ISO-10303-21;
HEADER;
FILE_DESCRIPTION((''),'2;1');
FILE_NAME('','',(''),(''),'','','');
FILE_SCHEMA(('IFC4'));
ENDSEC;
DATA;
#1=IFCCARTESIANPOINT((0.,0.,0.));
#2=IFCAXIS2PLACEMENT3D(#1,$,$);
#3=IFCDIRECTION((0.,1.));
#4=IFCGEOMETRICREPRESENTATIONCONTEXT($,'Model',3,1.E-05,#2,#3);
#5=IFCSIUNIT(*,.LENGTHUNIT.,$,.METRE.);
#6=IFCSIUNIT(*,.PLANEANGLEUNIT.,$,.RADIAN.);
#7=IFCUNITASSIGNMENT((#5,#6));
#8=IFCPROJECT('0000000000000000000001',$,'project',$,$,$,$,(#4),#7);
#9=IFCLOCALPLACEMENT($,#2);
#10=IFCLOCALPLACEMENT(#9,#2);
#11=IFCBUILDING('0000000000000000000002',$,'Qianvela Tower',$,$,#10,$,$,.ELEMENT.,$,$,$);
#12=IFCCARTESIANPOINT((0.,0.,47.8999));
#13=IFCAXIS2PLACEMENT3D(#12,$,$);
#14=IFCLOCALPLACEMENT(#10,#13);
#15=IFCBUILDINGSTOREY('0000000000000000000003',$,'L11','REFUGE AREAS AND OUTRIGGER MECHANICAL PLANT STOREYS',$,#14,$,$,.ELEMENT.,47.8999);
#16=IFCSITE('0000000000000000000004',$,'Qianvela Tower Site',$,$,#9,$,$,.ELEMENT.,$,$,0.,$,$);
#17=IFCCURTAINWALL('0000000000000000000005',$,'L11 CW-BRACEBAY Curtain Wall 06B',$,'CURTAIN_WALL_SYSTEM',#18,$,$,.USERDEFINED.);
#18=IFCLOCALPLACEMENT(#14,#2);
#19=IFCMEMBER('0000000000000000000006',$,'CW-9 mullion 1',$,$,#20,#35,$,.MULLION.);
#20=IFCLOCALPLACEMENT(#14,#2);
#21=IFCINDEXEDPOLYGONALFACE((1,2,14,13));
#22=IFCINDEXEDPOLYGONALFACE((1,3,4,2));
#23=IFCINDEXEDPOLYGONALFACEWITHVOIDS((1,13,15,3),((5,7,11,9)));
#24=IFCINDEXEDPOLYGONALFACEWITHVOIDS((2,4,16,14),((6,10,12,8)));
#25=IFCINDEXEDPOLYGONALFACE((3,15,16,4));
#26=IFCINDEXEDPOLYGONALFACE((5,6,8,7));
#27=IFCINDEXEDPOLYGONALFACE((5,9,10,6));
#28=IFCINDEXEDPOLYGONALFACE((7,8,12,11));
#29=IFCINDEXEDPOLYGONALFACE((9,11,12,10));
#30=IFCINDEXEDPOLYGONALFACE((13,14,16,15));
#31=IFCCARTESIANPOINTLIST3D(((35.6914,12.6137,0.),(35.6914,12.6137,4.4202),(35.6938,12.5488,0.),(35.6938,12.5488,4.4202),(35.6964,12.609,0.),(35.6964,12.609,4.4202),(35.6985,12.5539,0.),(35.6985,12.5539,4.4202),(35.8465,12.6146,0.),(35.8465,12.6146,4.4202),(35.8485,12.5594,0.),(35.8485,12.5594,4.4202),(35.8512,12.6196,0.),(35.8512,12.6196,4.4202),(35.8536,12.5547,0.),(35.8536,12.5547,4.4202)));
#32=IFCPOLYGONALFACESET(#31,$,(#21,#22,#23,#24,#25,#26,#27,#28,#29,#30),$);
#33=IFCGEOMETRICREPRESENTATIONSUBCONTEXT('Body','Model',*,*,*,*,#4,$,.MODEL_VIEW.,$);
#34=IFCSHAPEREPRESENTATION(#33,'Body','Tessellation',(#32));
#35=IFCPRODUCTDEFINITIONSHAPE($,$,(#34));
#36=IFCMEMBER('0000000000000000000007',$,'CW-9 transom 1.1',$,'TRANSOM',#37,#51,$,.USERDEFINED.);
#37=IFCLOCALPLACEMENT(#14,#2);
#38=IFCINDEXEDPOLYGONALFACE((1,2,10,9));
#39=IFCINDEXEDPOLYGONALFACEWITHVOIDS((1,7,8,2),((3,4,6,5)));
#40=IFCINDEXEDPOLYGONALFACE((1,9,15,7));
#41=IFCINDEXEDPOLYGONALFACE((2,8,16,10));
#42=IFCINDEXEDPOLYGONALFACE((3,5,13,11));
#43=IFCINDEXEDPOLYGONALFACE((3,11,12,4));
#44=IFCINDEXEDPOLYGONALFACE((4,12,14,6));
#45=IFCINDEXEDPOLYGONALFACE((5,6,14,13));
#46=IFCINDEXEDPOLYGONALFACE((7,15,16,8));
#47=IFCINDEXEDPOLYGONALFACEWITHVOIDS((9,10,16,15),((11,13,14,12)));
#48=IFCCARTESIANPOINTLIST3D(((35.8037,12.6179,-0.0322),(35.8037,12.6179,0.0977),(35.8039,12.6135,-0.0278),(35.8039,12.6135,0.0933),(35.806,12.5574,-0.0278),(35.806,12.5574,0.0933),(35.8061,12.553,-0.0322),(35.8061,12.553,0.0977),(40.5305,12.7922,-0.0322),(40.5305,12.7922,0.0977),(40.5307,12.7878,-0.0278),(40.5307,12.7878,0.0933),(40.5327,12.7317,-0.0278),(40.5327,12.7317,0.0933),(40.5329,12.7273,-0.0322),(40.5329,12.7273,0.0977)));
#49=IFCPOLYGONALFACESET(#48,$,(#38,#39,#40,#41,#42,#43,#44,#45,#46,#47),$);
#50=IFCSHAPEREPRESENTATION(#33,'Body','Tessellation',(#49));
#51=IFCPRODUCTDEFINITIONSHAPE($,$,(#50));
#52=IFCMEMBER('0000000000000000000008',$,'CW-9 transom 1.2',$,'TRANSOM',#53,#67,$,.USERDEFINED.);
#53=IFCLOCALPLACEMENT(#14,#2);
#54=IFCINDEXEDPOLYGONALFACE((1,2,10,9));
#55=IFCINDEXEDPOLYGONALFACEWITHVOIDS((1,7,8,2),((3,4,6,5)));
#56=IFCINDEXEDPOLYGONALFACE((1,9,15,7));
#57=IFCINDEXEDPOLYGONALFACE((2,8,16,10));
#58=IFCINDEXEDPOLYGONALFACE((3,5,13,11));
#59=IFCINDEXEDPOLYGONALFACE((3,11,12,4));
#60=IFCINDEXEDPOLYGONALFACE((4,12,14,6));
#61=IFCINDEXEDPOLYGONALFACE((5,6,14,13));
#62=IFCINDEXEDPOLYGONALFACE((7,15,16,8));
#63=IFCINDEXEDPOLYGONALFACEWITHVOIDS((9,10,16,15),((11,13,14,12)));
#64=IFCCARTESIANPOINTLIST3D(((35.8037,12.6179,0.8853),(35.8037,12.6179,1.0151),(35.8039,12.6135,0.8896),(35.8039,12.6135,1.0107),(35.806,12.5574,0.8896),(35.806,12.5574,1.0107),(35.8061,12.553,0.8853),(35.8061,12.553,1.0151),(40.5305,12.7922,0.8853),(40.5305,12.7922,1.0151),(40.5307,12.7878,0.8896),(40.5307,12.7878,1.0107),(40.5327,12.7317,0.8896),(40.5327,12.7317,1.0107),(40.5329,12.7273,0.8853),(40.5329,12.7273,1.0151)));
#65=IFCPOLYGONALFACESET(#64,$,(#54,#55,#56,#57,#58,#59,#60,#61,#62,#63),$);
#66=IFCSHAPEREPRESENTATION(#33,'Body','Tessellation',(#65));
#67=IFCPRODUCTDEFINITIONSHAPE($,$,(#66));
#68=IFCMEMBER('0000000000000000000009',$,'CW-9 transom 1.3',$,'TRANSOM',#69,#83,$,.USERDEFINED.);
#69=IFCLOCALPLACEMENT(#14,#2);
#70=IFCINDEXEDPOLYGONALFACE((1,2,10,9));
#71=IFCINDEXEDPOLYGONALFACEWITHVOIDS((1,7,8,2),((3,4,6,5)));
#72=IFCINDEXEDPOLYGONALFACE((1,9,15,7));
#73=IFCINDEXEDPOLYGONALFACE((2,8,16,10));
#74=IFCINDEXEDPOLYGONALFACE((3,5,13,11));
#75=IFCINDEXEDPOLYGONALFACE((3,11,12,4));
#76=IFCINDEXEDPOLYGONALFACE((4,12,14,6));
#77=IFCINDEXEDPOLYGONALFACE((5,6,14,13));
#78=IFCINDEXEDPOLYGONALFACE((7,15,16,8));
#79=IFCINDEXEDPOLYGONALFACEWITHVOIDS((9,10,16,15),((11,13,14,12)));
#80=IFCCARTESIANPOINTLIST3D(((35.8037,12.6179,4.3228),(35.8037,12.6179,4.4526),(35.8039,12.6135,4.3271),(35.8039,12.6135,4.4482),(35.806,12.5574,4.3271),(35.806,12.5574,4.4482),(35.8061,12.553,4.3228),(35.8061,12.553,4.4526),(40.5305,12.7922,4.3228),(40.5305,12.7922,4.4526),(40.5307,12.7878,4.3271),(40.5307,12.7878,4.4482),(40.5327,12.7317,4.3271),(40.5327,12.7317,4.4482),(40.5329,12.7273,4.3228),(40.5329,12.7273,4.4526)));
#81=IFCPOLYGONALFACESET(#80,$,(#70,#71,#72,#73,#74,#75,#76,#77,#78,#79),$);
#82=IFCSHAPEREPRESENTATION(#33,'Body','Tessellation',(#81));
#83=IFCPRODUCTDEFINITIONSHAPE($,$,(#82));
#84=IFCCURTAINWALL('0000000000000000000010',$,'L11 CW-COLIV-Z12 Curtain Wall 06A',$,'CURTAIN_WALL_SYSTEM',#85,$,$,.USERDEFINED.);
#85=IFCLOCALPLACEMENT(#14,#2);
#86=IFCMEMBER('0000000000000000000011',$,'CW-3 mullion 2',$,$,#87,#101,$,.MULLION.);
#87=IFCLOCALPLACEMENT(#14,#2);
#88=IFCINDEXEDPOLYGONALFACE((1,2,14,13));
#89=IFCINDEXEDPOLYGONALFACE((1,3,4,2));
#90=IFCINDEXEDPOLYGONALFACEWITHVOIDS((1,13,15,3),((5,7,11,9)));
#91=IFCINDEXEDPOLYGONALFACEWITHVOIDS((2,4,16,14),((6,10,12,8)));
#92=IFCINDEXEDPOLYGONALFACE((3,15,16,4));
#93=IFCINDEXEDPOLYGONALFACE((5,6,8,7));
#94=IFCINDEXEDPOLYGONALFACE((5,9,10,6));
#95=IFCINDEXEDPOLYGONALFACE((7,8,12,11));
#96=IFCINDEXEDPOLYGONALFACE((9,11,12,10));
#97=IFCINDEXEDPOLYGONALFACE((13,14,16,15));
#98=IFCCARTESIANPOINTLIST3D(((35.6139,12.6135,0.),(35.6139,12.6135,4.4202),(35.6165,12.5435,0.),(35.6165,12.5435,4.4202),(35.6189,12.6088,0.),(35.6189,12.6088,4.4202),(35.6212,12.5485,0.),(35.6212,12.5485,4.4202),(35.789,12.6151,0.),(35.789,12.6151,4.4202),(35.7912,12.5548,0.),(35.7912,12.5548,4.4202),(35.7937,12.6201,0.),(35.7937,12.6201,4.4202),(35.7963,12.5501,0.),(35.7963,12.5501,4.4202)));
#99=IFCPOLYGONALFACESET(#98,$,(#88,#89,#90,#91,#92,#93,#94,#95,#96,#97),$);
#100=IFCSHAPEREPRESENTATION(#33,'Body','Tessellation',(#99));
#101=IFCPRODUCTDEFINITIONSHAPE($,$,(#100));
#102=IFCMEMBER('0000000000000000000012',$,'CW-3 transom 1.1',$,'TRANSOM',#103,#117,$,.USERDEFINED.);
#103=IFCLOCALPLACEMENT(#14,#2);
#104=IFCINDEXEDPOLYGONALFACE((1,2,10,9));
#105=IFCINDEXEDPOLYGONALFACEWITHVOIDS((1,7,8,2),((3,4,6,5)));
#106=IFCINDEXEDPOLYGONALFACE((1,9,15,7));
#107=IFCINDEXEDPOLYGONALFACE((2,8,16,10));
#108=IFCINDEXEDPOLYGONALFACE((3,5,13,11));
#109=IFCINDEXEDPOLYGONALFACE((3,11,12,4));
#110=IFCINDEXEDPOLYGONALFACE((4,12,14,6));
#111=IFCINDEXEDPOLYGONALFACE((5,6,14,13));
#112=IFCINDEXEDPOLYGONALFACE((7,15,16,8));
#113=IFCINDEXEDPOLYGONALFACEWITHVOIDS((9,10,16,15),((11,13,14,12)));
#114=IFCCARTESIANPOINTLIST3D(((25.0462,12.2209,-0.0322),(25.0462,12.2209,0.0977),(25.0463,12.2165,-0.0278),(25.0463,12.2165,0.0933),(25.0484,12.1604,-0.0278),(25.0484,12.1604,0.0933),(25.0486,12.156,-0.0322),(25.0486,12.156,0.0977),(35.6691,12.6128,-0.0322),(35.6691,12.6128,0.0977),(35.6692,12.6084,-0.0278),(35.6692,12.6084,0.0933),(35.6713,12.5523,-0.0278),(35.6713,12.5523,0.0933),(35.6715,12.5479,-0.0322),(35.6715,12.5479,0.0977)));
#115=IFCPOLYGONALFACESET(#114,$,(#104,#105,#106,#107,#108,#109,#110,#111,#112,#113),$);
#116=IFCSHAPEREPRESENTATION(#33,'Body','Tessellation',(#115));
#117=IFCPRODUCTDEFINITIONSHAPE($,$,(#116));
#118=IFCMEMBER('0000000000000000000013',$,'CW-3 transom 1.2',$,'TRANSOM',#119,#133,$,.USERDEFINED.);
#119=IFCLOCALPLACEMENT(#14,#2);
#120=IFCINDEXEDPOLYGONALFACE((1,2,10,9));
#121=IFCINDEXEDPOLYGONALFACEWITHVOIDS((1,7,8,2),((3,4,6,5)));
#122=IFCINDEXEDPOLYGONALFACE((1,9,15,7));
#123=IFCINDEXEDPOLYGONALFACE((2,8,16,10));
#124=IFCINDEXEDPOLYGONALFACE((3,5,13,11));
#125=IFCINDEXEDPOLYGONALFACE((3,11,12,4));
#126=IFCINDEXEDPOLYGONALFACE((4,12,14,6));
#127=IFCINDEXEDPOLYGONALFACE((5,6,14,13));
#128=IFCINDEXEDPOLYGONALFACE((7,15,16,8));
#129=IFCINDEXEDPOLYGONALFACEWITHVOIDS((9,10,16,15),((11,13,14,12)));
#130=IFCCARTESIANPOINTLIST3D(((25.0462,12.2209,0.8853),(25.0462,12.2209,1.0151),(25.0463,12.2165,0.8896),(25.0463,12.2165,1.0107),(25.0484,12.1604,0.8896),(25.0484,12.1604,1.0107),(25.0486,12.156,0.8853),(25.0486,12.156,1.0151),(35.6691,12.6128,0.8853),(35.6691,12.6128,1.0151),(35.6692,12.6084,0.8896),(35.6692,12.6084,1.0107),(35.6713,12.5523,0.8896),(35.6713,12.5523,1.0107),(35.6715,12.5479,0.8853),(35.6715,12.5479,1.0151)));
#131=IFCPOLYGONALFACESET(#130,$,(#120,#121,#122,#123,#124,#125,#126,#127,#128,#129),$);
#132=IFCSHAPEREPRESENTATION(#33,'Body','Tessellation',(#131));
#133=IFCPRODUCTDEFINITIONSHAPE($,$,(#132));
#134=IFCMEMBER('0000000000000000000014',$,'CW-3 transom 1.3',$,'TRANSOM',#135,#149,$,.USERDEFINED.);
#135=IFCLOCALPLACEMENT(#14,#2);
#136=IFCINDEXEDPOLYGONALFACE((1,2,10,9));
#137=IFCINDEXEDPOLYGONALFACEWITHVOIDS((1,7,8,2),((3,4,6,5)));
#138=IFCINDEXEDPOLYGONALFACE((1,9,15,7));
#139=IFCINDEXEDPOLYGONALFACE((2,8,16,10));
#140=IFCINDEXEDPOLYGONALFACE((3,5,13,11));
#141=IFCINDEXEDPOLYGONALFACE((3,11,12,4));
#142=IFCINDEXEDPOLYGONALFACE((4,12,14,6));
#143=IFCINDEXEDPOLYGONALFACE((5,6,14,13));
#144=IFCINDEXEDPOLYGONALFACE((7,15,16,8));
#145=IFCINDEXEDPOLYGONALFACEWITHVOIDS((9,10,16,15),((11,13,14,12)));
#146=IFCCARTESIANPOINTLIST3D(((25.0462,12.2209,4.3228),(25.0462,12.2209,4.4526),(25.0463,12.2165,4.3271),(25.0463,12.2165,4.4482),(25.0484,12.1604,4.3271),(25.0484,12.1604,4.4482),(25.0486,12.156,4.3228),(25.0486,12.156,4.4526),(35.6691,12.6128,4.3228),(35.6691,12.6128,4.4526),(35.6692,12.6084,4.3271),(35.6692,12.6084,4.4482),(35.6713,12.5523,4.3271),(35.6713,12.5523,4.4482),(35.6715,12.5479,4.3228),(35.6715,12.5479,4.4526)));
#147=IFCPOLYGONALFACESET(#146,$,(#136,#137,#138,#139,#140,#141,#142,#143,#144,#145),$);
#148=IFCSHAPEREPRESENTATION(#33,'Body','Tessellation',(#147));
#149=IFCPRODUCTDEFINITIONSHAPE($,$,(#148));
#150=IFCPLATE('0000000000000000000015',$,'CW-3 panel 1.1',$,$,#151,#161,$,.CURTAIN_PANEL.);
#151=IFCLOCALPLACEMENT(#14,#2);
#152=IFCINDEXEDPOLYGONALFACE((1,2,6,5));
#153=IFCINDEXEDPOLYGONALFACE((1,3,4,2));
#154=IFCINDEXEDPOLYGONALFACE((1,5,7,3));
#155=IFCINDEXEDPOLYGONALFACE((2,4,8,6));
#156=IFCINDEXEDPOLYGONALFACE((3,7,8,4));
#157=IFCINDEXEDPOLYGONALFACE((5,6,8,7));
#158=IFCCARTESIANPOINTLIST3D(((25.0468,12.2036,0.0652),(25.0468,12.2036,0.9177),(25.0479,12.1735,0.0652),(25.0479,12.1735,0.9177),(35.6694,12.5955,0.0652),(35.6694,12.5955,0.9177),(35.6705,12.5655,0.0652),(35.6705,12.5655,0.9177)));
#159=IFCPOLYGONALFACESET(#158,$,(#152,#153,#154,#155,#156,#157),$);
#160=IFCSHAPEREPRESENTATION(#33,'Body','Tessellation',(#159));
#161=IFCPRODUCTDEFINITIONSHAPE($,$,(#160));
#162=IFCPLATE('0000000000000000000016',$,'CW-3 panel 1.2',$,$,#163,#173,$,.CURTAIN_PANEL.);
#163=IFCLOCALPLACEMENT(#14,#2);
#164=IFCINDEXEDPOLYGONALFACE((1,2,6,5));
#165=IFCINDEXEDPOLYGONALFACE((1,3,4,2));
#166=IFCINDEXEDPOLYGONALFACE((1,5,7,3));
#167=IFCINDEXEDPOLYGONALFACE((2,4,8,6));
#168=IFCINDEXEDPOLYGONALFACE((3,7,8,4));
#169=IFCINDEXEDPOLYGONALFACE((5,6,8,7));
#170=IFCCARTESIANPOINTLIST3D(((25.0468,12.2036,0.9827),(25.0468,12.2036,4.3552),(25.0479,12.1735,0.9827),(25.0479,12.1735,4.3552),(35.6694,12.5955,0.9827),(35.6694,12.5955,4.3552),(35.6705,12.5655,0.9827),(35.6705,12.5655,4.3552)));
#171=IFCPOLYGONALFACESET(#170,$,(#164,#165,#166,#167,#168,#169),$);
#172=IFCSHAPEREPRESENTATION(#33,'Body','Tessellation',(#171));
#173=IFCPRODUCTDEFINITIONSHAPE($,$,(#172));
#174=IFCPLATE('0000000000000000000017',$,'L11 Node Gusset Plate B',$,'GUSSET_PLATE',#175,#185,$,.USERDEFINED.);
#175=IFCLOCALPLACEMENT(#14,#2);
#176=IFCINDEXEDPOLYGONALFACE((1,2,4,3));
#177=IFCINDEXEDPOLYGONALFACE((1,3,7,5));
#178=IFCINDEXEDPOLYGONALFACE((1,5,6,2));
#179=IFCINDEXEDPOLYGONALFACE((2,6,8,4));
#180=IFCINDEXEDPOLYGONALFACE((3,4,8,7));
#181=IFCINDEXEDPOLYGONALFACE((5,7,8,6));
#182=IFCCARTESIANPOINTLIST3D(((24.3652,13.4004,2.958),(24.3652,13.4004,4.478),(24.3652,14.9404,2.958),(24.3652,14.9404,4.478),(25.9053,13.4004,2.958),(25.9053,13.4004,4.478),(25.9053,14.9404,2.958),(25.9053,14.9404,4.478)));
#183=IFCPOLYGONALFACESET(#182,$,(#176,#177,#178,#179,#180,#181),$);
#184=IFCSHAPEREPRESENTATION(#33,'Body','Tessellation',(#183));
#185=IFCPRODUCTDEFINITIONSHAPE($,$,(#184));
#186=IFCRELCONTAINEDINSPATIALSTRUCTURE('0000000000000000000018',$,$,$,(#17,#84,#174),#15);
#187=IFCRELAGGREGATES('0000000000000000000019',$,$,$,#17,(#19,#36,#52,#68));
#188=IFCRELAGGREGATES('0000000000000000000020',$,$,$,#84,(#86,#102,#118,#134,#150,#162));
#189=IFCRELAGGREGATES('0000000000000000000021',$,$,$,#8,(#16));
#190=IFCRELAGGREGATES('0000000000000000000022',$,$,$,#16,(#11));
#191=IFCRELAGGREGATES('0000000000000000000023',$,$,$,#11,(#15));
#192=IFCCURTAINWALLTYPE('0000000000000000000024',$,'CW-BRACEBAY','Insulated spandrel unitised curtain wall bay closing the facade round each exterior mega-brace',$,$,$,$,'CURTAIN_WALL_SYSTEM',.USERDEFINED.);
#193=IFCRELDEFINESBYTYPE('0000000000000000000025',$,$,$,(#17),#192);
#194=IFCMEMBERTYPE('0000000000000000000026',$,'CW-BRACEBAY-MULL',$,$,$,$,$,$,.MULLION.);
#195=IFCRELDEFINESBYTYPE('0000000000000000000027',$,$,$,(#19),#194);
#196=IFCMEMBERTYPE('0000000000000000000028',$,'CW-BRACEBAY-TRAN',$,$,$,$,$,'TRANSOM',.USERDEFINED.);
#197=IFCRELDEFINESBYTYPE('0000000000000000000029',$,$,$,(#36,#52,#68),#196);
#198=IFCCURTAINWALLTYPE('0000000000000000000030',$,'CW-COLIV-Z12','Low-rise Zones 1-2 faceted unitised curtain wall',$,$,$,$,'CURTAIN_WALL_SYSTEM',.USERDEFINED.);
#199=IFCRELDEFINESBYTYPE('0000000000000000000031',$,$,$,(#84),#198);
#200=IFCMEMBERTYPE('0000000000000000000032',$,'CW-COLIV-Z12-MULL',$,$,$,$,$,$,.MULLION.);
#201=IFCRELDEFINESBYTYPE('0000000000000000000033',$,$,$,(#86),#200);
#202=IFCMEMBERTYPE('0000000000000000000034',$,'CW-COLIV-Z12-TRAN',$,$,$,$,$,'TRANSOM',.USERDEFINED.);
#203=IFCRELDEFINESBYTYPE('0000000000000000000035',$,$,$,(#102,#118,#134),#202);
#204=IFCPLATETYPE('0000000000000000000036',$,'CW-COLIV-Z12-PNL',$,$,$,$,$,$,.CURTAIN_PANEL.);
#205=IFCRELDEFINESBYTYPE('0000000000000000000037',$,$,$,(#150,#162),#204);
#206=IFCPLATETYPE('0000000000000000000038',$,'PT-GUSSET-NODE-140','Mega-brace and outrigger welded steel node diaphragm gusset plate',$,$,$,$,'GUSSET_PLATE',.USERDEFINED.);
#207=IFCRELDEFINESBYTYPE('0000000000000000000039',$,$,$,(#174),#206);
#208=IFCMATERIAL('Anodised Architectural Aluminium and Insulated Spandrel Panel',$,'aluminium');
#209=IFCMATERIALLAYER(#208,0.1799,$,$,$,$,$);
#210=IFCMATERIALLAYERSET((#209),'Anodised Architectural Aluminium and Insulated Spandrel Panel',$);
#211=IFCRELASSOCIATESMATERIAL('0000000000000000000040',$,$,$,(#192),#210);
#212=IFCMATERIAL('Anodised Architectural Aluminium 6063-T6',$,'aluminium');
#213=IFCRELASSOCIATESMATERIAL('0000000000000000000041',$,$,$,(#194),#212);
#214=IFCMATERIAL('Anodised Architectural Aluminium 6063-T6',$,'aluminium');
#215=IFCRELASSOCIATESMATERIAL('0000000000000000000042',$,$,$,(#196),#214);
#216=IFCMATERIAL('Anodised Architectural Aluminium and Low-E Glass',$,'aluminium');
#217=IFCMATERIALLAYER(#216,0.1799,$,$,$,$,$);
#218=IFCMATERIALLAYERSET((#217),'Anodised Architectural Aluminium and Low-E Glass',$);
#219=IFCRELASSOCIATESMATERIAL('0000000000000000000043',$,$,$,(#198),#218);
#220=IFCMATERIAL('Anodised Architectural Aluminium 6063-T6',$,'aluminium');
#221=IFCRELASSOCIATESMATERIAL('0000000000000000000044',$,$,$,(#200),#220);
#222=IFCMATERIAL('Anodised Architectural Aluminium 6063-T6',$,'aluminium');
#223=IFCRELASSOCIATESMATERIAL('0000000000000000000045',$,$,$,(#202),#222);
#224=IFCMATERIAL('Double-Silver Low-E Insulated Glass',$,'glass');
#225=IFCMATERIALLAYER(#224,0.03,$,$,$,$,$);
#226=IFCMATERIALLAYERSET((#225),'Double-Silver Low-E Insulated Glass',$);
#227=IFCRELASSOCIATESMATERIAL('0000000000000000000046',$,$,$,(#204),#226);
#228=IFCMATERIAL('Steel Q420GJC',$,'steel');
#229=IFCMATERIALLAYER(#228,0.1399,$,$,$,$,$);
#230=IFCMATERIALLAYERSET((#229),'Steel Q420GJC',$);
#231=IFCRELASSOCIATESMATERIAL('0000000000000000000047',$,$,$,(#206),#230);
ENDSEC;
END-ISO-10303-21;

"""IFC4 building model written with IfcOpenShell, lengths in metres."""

from ifc_helpers import new_model, si_unit, direction, frame, origin, origin_2d, place, context, subcontext, project, spatial, rectangle, hollow_rectangle, extrude, material, layer, layer_set, material_profile, profile_set, type_object, element, aggregate, save


model = new_model("IFC4")

# Units and contexts
model_context = context("Model", 3, precision=1e-05, world=origin(), true_north=direction((0.0, 1.0)))
body_context = subcontext(model_context, "Body", "Model", "MODEL_VIEW")
ifc_project = project(units=[si_unit("LENGTHUNIT", "METRE"), si_unit("PLANEANGLEUNIT", "RADIAN")], contexts=[model_context])

# Site, building, storey
site_placement = place(None, origin())
site = spatial("IfcSite", under=ifc_project, at=site_placement, Name="Qianvela Tower Site", CompositionType="ELEMENT", RefElevation=0.0)
building_placement = place(site_placement, origin())
building = spatial("IfcBuilding", under=site, at=building_placement, Name="Qianvela Tower", CompositionType="ELEMENT")
storey_placement = place(building_placement, frame((0.0, 0.0, 47.8999)))
storey = spatial("IfcBuildingStorey", under=building, at=storey_placement, Name="L11", Description="REFUGE AREAS AND OUTRIGGER MECHANICAL PLANT STOREYS", CompositionType="ELEMENT", Elevation=47.8999)

# Curtain wall, members
ifc_material_1 = material(Name="Anodised Architectural Aluminium and Insulated Spandrel Panel", Category="aluminium")
ifc_layer_1 = layer(ifc_material_1, 0.1799)
ifc_layer_set_1 = layer_set([ifc_layer_1], Name="Anodised Architectural Aluminium and Insulated Spandrel Panel")
curtain_wall_type_1 = type_object("IfcCurtainWallType", Name="CW-BRACEBAY", Description="Insulated spandrel unitised curtain wall bay closing the facade round each exterior mega-brace", ElementType="CURTAIN_WALL_SYSTEM", PredefinedType="USERDEFINED", material=ifc_layer_set_1)
curtain_wall_1_placement = place(storey_placement, origin())
curtain_wall_1 = element("IfcCurtainWall", 1, at=curtain_wall_1_placement, inside=storey, type_object=curtain_wall_type_1, Name="L11 CW-BRACEBAY Curtain Wall 06B", ObjectType="CURTAIN_WALL_SYSTEM", PredefinedType="USERDEFINED")
ifc_material_2 = material(Name="Anodised Architectural Aluminium 6063-T6", Category="aluminium")
ifc_material_profile_1 = material_profile(ifc_material_2, hollow_rectangle(XDim=0.0649, YDim=0.1599, WallThickness=0.0049, at=origin_2d()), Name="ALU-MULL-65x160")
ifc_profile_set_1 = profile_set([ifc_material_profile_1], Name="Anodised Architectural Aluminium 6063-T6")
member_type_1 = type_object("IfcMemberType", Name="CW-BRACEBAY-MULL", PredefinedType="MULLION", material=ifc_profile_set_1)
member_1_placement = place(storey_placement, frame((35.7725, 12.5842, 0.0), z_axis=(0.0, 0.0, 1.0), x_axis=(-0.036872, 0.99932, 0.0)))
member_1 = element("IfcMember", 2, at=member_1_placement, type_object=member_type_1, Name="CW-9 mullion 1", PredefinedType="MULLION", context=body_context, shape_type="SweptSolid", body=[
    extrude(hollow_rectangle(XDim=0.0649, YDim=0.1599, WallThickness=0.0049, at=origin_2d()), origin(), (0.0, 0.0, 1.0), 4.4202),
])
ifc_material_3 = material(Name="Anodised Architectural Aluminium 6063-T6", Category="aluminium")
ifc_material_profile_2 = material_profile(ifc_material_3, hollow_rectangle(XDim=0.0649, YDim=0.1299, WallThickness=0.0044, at=origin_2d()), Name="ALU-TRAN-65x130")
ifc_profile_set_2 = profile_set([ifc_material_profile_2], Name="Anodised Architectural Aluminium 6063-T6")
member_type_2 = type_object("IfcMemberType", Name="CW-BRACEBAY-TRAN", ElementType="TRANSOM", PredefinedType="USERDEFINED", material=ifc_profile_set_2)
member_2_placement = place(storey_placement, frame((35.8049, 12.5854, 0.0327), z_axis=(0.999321, 0.036853, 0.0), x_axis=(-0.036853, 0.999321, 0.0)))
member_2 = element("IfcMember", 3, at=member_2_placement, type_object=member_type_2, Name="CW-9 transom 1.1", ObjectType="TRANSOM", PredefinedType="USERDEFINED", context=body_context, shape_type="SweptSolid", body=[
    extrude(hollow_rectangle(XDim=0.0649, YDim=0.1299, WallThickness=0.0044, at=origin_2d()), origin(), (0.0, 0.0, 1.0), 4.73),
])
member_3_placement = place(storey_placement, frame((35.8049, 12.5854, 0.9502), z_axis=(0.999321, 0.036853, 0.0), x_axis=(-0.036853, 0.999321, 0.0)))
member_3 = element("IfcMember", 4, at=member_3_placement, type_object=member_type_2, Name="CW-9 transom 1.2", ObjectType="TRANSOM", PredefinedType="USERDEFINED", context=body_context, shape_type="SweptSolid", body=[
    extrude(hollow_rectangle(XDim=0.0649, YDim=0.1299, WallThickness=0.0044, at=origin_2d()), origin(), (0.0, 0.0, 1.0), 4.73),
])
member_4_placement = place(storey_placement, frame((35.8049, 12.5854, 4.3877), z_axis=(0.999321, 0.036853, 0.0), x_axis=(-0.036853, 0.999321, 0.0)))
member_4 = element("IfcMember", 5, at=member_4_placement, type_object=member_type_2, Name="CW-9 transom 1.3", ObjectType="TRANSOM", PredefinedType="USERDEFINED", context=body_context, shape_type="SweptSolid", body=[
    extrude(hollow_rectangle(XDim=0.0649, YDim=0.1299, WallThickness=0.0044, at=origin_2d()), origin(), (0.0, 0.0, 1.0), 4.73),
])
aggregate(curtain_wall_1, [member_1, member_2, member_3, member_4])

# Curtain wall, members, plates
ifc_material_4 = material(Name="Anodised Architectural Aluminium and Low-E Glass", Category="aluminium")
ifc_layer_2 = layer(ifc_material_4, 0.1799)
ifc_layer_set_2 = layer_set([ifc_layer_2], Name="Anodised Architectural Aluminium and Low-E Glass")
curtain_wall_type_2 = type_object("IfcCurtainWallType", Name="CW-COLIV-Z12", Description="Low-rise Zones 1-2 faceted unitised curtain wall", ElementType="CURTAIN_WALL_SYSTEM", PredefinedType="USERDEFINED", material=ifc_layer_set_2)
curtain_wall_2_placement = place(storey_placement, origin())
curtain_wall_2 = element("IfcCurtainWall", 6, at=curtain_wall_2_placement, inside=storey, type_object=curtain_wall_type_2, Name="L11 CW-COLIV-Z12 Curtain Wall 06A", ObjectType="CURTAIN_WALL_SYSTEM", PredefinedType="USERDEFINED")
ifc_material_5 = material(Name="Anodised Architectural Aluminium 6063-T6", Category="aluminium")
ifc_material_profile_3 = material_profile(ifc_material_5, hollow_rectangle(XDim=0.0701, YDim=0.1799, WallThickness=0.0049, at=origin_2d()), Name="ALU-MULL-70x180")
ifc_profile_set_3 = profile_set([ifc_material_profile_3], Name="Anodised Architectural Aluminium 6063-T6")
member_type_3 = type_object("IfcMemberType", Name="CW-COLIV-Z12-MULL", PredefinedType="MULLION", material=ifc_profile_set_3)
member_5_placement = place(storey_placement, frame((35.7051, 12.5818, 0.0), z_axis=(0.0, 0.0, 1.0), x_axis=(-0.036871, 0.99932, 0.0)))
member_5 = element("IfcMember", 7, at=member_5_placement, type_object=member_type_3, Name="CW-3 mullion 2", PredefinedType="MULLION", context=body_context, shape_type="SweptSolid", body=[
    extrude(hollow_rectangle(XDim=0.0701, YDim=0.1799, WallThickness=0.0049, at=origin_2d()), origin(), (0.0, 0.0, 1.0), 4.4202),
])
ifc_material_6 = material(Name="Anodised Architectural Aluminium 6063-T6", Category="aluminium")
ifc_material_profile_4 = material_profile(ifc_material_6, hollow_rectangle(XDim=0.0649, YDim=0.1299, WallThickness=0.0044, at=origin_2d()), Name="ALU-TRAN-65x130")
ifc_profile_set_4 = profile_set([ifc_material_profile_4], Name="Anodised Architectural Aluminium 6063-T6")
member_type_4 = type_object("IfcMemberType", Name="CW-COLIV-Z12-TRAN", ElementType="TRANSOM", PredefinedType="USERDEFINED", material=ifc_profile_set_4)
member_6_placement = place(storey_placement, frame((25.0474, 12.1885, 0.0327), z_axis=(0.99932, 0.036862, 0.0), x_axis=(-0.036862, 0.99932, 0.0)))
member_6 = element("IfcMember", 8, at=member_6_placement, type_object=member_type_4, Name="CW-3 transom 1.1", ObjectType="TRANSOM", PredefinedType="USERDEFINED", context=body_context, shape_type="SweptSolid", body=[
    extrude(hollow_rectangle(XDim=0.0649, YDim=0.1299, WallThickness=0.0044, at=origin_2d()), origin(), (0.0, 0.0, 1.0), 10.6301),
])
member_7_placement = place(storey_placement, frame((25.0474, 12.1885, 0.9502), z_axis=(0.99932, 0.036862, 0.0), x_axis=(-0.036862, 0.99932, 0.0)))
member_7 = element("IfcMember", 9, at=member_7_placement, type_object=member_type_4, Name="CW-3 transom 1.2", ObjectType="TRANSOM", PredefinedType="USERDEFINED", context=body_context, shape_type="SweptSolid", body=[
    extrude(hollow_rectangle(XDim=0.0649, YDim=0.1299, WallThickness=0.0044, at=origin_2d()), origin(), (0.0, 0.0, 1.0), 10.6301),
])
member_8_placement = place(storey_placement, frame((25.0474, 12.1885, 4.3877), z_axis=(0.99932, 0.036862, 0.0), x_axis=(-0.036862, 0.99932, 0.0)))
member_8 = element("IfcMember", 10, at=member_8_placement, type_object=member_type_4, Name="CW-3 transom 1.3", ObjectType="TRANSOM", PredefinedType="USERDEFINED", context=body_context, shape_type="SweptSolid", body=[
    extrude(hollow_rectangle(XDim=0.0649, YDim=0.1299, WallThickness=0.0044, at=origin_2d()), origin(), (0.0, 0.0, 1.0), 10.6301),
])
ifc_material_7 = material(Name="Double-Silver Low-E Insulated Glass", Category="glass")
ifc_layer_3 = layer(ifc_material_7, 0.03)
ifc_layer_set_3 = layer_set([ifc_layer_3], Name="Double-Silver Low-E Insulated Glass")
plate_type_1 = type_object("IfcPlateType", Name="CW-COLIV-Z12-PNL", PredefinedType="CURTAIN_PANEL", material=ifc_layer_set_3)
plate_1_placement = place(storey_placement, frame((30.3586, 12.3845, 0.0652), z_axis=(0.0, 0.0, 1.0), x_axis=(0.99932, 0.036871, 0.0)))
plate_1 = element("IfcPlate", 11, at=plate_1_placement, type_object=plate_type_1, Name="CW-3 panel 1.1", PredefinedType="CURTAIN_PANEL", context=body_context, shape_type="SweptSolid", body=[
    extrude(rectangle(XDim=10.6299, YDim=0.03, at=origin_2d()), origin(), (0.0, 0.0, 1.0), 0.8525),
])
plate_2_placement = place(storey_placement, frame((30.3586, 12.3845, 0.9827), z_axis=(0.0, 0.0, 1.0), x_axis=(0.99932, 0.036871, 0.0)))
plate_2 = element("IfcPlate", 12, at=plate_2_placement, type_object=plate_type_1, Name="CW-3 panel 1.2", PredefinedType="CURTAIN_PANEL", context=body_context, shape_type="SweptSolid", body=[
    extrude(rectangle(XDim=10.6299, YDim=0.03, at=origin_2d()), origin(), (0.0, 0.0, 1.0), 3.3726),
])
aggregate(curtain_wall_2, [member_5, member_6, member_7, member_8, plate_1, plate_2])

# Plate
ifc_material_8 = material(Name="Steel Q420GJC", Category="steel")
ifc_layer_4 = layer(ifc_material_8, 0.1399)
ifc_layer_set_4 = layer_set([ifc_layer_4], Name="Steel Q420GJC")
plate_type_2 = type_object("IfcPlateType", Name="PT-GUSSET-NODE-140", Description="Mega-brace and outrigger welded steel node diaphragm gusset plate", ElementType="GUSSET_PLATE", PredefinedType="USERDEFINED", material=ifc_layer_set_4)
plate_3_placement = place(storey_placement, frame((25.1353, 14.1704, 2.958), z_axis=(0.0, 0.0, 1.0), x_axis=(1.0, 0.0, 0.0)))
element("IfcPlate", 13, at=plate_3_placement, inside=storey, type_object=plate_type_2, Name="L11 Node Gusset Plate B", ObjectType="GUSSET_PLATE", PredefinedType="USERDEFINED", context=body_context, shape_type="SweptSolid", body=[
    extrude(rectangle(XDim=1.54, YDim=1.54, at=origin_2d()), origin(), (0.0, 0.0, 1.0), 1.52),
])

save(model, "model.ifc")
